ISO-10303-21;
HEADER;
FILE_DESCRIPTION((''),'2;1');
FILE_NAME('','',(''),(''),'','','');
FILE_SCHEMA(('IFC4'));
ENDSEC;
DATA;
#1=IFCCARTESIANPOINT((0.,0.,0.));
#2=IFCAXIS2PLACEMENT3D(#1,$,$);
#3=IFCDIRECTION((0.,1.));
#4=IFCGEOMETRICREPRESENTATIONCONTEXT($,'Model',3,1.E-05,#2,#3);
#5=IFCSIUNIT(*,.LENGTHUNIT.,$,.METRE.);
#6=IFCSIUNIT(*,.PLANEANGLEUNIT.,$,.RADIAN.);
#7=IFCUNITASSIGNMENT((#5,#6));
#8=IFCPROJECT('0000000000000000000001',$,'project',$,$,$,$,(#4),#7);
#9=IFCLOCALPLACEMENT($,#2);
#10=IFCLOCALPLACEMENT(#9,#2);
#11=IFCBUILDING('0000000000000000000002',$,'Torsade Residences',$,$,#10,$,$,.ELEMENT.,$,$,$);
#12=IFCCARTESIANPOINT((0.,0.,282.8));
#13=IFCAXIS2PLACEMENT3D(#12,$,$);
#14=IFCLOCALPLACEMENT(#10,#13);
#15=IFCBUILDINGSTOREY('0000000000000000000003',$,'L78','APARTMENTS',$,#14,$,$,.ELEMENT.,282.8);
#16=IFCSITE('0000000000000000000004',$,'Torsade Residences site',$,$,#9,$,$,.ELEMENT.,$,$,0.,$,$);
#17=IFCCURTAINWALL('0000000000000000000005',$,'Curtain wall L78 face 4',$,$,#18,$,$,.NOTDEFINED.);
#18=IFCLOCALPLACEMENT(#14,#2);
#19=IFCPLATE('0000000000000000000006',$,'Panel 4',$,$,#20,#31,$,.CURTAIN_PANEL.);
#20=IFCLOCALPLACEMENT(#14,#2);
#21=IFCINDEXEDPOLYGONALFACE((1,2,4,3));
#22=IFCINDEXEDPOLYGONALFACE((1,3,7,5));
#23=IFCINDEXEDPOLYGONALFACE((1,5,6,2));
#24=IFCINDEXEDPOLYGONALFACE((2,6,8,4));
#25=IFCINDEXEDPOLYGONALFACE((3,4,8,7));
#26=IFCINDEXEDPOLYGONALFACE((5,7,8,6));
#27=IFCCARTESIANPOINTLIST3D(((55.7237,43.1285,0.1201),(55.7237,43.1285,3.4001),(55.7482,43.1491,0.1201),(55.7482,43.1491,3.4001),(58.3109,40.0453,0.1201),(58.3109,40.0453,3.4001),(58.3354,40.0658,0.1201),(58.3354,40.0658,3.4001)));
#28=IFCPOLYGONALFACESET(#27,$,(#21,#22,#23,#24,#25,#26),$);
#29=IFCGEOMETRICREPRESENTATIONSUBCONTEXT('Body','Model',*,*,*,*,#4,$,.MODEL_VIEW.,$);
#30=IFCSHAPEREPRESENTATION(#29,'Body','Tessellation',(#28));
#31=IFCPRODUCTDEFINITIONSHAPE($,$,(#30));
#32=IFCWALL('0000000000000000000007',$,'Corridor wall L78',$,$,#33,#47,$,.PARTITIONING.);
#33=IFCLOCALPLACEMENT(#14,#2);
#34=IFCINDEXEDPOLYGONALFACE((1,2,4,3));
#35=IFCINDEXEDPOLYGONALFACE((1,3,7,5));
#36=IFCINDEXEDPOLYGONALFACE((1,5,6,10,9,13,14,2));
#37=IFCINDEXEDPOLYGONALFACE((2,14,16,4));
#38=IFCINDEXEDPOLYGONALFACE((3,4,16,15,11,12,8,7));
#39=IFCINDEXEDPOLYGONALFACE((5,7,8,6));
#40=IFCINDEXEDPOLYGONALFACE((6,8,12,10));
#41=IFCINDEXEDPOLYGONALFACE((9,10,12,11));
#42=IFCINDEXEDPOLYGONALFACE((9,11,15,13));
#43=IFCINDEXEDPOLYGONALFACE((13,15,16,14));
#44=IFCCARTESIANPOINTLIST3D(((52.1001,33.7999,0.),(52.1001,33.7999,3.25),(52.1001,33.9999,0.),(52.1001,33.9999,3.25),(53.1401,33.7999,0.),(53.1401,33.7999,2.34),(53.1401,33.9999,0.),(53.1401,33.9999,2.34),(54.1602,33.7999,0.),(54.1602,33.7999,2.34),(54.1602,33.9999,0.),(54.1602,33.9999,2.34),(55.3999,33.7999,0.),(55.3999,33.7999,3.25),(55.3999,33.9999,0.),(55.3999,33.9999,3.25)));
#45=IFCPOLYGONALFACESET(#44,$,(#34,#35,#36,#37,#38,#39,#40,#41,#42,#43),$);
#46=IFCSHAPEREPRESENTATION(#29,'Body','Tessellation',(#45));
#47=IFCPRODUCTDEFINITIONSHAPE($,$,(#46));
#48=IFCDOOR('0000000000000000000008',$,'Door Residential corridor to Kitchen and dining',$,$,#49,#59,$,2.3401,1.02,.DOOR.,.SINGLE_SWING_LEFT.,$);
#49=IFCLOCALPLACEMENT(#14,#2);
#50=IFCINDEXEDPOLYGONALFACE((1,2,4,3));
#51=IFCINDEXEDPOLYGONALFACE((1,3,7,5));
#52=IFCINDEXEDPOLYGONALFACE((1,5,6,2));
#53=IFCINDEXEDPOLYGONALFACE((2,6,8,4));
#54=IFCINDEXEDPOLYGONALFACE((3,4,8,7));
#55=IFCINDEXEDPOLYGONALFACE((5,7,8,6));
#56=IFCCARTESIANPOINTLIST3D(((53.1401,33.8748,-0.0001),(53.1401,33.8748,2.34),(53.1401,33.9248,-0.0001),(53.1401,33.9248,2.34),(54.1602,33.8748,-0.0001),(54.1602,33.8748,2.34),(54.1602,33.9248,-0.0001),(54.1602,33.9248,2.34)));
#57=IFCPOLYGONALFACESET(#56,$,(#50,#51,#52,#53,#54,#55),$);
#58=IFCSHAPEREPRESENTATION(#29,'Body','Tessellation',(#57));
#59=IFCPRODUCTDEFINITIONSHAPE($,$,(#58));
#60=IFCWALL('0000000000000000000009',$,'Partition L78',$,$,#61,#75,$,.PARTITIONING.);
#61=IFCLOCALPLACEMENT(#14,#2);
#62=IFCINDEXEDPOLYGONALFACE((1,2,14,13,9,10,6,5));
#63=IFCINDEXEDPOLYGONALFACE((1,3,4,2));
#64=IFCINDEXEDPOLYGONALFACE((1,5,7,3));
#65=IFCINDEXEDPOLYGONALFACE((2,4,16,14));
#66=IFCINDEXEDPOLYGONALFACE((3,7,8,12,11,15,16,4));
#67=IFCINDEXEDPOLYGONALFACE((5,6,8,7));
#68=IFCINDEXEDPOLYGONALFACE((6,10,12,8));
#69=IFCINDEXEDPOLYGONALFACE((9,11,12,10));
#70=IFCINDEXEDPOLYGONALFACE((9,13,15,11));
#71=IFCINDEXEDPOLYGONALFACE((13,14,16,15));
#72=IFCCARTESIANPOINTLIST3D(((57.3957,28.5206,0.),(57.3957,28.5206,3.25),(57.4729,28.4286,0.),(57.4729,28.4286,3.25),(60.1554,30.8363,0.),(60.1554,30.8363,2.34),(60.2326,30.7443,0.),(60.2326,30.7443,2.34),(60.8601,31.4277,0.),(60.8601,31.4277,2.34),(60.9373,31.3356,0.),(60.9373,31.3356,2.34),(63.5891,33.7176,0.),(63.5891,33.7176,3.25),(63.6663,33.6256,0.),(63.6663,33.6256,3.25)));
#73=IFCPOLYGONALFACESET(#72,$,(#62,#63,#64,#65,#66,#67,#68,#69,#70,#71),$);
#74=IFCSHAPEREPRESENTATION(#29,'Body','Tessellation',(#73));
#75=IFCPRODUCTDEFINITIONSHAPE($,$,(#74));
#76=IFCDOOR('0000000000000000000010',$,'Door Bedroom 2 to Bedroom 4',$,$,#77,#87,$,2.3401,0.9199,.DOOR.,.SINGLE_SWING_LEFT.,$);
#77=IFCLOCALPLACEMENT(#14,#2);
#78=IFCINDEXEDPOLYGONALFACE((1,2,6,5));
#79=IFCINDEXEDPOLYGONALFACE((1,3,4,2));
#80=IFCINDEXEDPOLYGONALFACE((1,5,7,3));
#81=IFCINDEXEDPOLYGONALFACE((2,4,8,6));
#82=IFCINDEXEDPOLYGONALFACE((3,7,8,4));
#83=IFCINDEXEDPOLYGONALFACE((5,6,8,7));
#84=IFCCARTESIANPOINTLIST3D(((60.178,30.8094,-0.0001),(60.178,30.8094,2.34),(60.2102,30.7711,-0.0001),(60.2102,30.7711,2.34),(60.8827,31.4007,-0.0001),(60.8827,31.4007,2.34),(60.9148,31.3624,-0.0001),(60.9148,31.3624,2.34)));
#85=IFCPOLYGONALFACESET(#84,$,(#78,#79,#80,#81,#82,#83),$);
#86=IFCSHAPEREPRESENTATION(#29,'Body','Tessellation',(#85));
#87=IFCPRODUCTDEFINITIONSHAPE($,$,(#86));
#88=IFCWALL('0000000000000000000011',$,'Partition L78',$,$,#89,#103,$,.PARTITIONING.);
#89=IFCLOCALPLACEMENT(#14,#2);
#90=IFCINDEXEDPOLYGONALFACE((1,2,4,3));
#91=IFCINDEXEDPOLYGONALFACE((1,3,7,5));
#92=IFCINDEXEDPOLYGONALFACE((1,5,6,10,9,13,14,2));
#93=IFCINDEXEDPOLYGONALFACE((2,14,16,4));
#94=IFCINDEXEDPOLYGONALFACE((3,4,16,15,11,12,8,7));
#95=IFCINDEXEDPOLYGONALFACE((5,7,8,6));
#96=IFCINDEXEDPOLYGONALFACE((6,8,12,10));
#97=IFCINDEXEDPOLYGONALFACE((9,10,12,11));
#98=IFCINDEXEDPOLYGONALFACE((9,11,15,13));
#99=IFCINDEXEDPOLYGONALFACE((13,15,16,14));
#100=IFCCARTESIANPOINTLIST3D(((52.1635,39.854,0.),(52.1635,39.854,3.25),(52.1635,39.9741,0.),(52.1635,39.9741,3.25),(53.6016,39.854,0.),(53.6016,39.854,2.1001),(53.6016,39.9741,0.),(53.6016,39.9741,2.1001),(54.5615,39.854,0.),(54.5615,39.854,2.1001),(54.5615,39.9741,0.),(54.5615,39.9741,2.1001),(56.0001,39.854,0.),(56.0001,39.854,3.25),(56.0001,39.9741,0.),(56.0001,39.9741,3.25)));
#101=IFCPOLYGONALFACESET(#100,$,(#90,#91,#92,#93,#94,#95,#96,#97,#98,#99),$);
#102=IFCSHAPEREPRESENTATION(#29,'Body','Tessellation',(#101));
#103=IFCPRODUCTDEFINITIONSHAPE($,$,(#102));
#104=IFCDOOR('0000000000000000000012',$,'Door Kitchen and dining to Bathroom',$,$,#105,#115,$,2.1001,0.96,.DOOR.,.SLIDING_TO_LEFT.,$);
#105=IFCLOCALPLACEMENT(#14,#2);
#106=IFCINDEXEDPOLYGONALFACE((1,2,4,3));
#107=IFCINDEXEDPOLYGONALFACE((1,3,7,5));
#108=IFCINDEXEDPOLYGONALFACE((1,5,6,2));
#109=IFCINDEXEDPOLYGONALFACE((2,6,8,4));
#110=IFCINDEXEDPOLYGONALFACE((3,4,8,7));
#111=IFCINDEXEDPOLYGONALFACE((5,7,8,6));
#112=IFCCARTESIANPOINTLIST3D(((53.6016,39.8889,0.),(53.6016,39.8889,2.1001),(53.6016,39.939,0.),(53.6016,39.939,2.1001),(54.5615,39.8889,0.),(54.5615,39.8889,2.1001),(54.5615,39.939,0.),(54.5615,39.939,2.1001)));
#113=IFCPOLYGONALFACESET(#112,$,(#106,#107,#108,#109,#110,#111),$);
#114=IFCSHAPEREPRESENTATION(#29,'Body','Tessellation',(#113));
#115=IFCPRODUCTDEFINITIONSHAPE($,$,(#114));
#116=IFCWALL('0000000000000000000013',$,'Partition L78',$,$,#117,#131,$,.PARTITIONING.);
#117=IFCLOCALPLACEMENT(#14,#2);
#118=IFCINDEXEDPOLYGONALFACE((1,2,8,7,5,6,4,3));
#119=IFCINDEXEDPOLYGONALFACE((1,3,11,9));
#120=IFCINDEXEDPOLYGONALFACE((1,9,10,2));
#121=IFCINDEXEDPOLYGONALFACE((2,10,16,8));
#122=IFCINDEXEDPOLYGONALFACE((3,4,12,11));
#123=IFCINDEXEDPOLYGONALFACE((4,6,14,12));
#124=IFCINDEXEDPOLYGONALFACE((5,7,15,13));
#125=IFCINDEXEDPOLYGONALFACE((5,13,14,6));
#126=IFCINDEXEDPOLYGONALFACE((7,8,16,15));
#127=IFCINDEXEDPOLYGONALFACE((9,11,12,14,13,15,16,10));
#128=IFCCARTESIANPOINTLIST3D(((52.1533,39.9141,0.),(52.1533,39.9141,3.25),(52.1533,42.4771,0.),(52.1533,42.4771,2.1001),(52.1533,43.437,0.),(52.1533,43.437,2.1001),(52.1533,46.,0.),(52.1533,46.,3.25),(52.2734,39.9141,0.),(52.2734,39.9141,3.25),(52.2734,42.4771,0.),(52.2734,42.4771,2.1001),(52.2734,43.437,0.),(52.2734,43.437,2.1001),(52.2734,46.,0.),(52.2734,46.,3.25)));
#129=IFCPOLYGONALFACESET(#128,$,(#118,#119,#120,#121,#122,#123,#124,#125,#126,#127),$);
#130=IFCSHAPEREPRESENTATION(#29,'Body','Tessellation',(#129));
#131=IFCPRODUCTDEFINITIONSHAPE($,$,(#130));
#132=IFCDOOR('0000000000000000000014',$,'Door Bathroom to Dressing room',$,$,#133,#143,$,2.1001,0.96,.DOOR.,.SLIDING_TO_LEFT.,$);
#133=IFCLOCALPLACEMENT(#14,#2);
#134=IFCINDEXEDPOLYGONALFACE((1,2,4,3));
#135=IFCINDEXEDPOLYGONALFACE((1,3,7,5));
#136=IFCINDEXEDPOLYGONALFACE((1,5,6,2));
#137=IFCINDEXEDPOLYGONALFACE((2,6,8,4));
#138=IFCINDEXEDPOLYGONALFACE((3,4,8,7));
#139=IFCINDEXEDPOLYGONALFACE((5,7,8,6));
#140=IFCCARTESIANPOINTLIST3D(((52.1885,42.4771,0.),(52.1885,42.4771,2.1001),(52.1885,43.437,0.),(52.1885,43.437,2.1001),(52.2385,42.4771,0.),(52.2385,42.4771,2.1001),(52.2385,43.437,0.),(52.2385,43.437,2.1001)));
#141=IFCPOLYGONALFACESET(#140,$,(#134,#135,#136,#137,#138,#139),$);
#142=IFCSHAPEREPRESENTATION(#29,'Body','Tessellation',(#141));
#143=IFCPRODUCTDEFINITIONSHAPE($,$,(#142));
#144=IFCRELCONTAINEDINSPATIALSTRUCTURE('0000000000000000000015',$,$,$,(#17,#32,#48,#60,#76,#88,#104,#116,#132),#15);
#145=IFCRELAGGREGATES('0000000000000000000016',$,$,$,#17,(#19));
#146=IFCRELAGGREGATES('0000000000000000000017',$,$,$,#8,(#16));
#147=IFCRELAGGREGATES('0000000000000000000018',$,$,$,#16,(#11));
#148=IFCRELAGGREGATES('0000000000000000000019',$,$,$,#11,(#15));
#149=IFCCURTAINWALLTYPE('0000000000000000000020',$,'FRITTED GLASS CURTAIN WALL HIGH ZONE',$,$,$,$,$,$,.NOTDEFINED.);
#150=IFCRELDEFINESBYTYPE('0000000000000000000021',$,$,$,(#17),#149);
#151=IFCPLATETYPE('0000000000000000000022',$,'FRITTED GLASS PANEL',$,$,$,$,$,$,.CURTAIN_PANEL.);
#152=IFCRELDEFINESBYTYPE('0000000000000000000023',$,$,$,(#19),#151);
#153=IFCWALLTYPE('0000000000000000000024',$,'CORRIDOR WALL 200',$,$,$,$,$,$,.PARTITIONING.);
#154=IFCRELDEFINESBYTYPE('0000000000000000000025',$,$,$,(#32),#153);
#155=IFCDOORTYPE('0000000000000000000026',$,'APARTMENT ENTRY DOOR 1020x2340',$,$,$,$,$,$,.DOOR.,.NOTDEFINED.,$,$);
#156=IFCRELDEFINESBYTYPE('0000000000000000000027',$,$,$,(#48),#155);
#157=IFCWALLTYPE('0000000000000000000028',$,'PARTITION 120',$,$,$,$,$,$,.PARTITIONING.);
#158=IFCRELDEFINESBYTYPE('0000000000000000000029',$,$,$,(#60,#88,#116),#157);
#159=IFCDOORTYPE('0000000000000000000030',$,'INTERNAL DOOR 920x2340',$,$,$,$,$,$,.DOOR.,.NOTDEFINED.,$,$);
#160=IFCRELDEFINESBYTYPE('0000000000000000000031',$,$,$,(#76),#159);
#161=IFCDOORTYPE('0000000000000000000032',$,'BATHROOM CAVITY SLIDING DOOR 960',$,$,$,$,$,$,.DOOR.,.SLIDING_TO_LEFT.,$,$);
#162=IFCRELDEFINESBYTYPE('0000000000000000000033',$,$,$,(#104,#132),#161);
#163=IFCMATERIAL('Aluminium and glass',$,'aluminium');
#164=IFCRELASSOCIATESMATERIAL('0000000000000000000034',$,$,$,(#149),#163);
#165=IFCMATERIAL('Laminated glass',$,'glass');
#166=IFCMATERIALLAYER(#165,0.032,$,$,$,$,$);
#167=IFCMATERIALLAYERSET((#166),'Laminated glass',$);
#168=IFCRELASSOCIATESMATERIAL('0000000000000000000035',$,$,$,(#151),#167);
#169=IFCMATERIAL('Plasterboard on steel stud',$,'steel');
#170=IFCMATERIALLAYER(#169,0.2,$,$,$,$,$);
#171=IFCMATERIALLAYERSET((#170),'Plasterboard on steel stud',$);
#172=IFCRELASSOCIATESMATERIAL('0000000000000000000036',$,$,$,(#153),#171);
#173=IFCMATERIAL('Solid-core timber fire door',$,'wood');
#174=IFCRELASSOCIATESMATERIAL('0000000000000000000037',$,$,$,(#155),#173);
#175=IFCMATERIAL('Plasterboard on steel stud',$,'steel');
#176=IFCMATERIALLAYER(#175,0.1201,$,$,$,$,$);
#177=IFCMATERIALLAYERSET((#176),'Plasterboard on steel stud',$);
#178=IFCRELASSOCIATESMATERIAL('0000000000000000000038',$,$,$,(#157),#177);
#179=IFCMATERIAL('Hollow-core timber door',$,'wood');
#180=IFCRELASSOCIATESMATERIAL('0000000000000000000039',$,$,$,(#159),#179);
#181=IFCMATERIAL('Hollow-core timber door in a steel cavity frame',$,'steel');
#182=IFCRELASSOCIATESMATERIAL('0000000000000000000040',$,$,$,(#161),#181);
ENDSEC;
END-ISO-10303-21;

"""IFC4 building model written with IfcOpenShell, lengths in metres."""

from ifc_helpers import new_model, si_unit, direction, frame, frame_2d, origin, origin_2d, place, context, subcontext, project, spatial, rectangle, extrude, material, layer, layer_set, type_object, element, fill, aggregate, save


model = new_model("IFC4")

# Units and contexts
model_context = context("Model", 3, precision=1e-05, world=origin(), true_north=direction((0.0, 1.0)))
body_context = subcontext(model_context, "Body", "Model", "MODEL_VIEW")
ifc_project = project(units=[si_unit("LENGTHUNIT", "METRE"), si_unit("PLANEANGLEUNIT", "RADIAN")], contexts=[model_context])

# Site, building, storey
site_placement = place(None, origin())
site = spatial("IfcSite", under=ifc_project, at=site_placement, Name="Torsade Residences site", CompositionType="ELEMENT", RefElevation=0.0)
building_placement = place(site_placement, origin())
building = spatial("IfcBuilding", under=site, at=building_placement, Name="Torsade Residences", CompositionType="ELEMENT")
storey_placement = place(building_placement, frame((0.0, 0.0, 282.8)))
storey = spatial("IfcBuildingStorey", under=building, at=storey_placement, Name="L78", Description="APARTMENTS", CompositionType="ELEMENT", Elevation=282.8)

# Curtain wall, plate
ifc_material_1 = material(Name="Aluminium and glass", Category="aluminium")
curtain_wall_type = type_object("IfcCurtainWallType", Name="FRITTED GLASS CURTAIN WALL HIGH ZONE", PredefinedType="NOTDEFINED", material=ifc_material_1)
curtain_wall_placement = place(storey_placement, origin())
curtain_wall = element("IfcCurtainWall", 1, at=curtain_wall_placement, inside=storey, type_object=curtain_wall_type, Name="Curtain wall L78 face 4", PredefinedType="NOTDEFINED")
ifc_material_2 = material(Name="Laminated glass", Category="glass")
ifc_layer_1 = layer(ifc_material_2, 0.032)
ifc_layer_set_1 = layer_set([ifc_layer_1], Name="Laminated glass")
plate_type = type_object("IfcPlateType", Name="FRITTED GLASS PANEL", PredefinedType="CURTAIN_PANEL", material=ifc_layer_set_1)
plate_placement = place(storey_placement, frame((57.0295, 41.5972, 0.1201), z_axis=(0.0, 0.0, 1.0), x_axis=(-0.642788, 0.766044, 0.0)))
plate = element("IfcPlate", 2, at=plate_placement, type_object=plate_type, Name="Panel 4", PredefinedType="CURTAIN_PANEL", context=body_context, shape_type="SweptSolid", body=[
    extrude(rectangle(XDim=4.0249, YDim=0.032, at=origin_2d()), origin(), (0.0, 0.0, 1.0), 3.28),
])
aggregate(curtain_wall, [plate])

# Walls, openings, doors
ifc_material_3 = material(Name="Plasterboard on steel stud", Category="steel")
ifc_layer_2 = layer(ifc_material_3, 0.2)
ifc_layer_set_2 = layer_set([ifc_layer_2], Name="Plasterboard on steel stud")
wall_type_1 = type_object("IfcWallType", Name="CORRIDOR WALL 200", PredefinedType="PARTITIONING", material=ifc_layer_set_2)
wall_1_placement = place(storey_placement, frame((52.1001, 33.8999, 0.0), z_axis=(0.0, 0.0, 1.0), x_axis=(1.0, 0.0, 0.0)))
wall_1 = element("IfcWall", 3, at=wall_1_placement, inside=storey, type_object=wall_type_1, Name="Corridor wall L78", PredefinedType="PARTITIONING", context=body_context, shape_type="SweptSolid", body=[
    extrude(rectangle(XDim=3.2998, YDim=0.2, at=frame_2d((1.6499, 0.0))), origin(), (0.0, 0.0, 1.0), 3.25),
])
opening_1_placement = place(wall_1_placement, frame((1.04, 0.0, 0.0)))
opening_1 = element("IfcOpeningElement", 4, at=opening_1_placement, cuts=wall_1, PredefinedType="OPENING", context=body_context, shape_type="SweptSolid", body=[
    extrude(rectangle(XDim=1.02, YDim=2.3401, at=frame_2d((0.51, 1.1699))), frame((0.0, 0.1099, 0.0), z_axis=(0.0, -1.0, 0.0), x_axis=(1.0, 0.0, 0.0)), (0.0, 0.0, 1.0), 0.22),
])
ifc_material_4 = material(Name="Solid-core timber fire door", Category="wood")
door_type_1 = type_object("IfcDoorType", Name="APARTMENT ENTRY DOOR 1020x2340", OperationType="NOTDEFINED", PredefinedType="DOOR", material=ifc_material_4)
door_1_placement = place(opening_1_placement, origin())
door_1 = element("IfcDoor", 5, at=door_1_placement, inside=storey, type_object=door_type_1, Name="Door Residential corridor to Kitchen and dining", OperationType="SINGLE_SWING_LEFT", OverallHeight=2.3401, OverallWidth=1.02, PredefinedType="DOOR", context=body_context, shape_type="SweptSolid", body=[
    extrude(rectangle(XDim=1.02, YDim=2.3401, at=frame_2d((0.51, 1.1699))), frame((0.0, 0.0249, 0.0), z_axis=(0.0, -1.0, 0.0), x_axis=(1.0, 0.0, 0.0)), (0.0, 0.0, 1.0), 0.05),
])
fill(opening_1, door_1)
ifc_material_5 = material(Name="Plasterboard on steel stud", Category="steel")
ifc_layer_3 = layer(ifc_material_5, 0.1201)
ifc_layer_set_3 = layer_set([ifc_layer_3], Name="Plasterboard on steel stud")
wall_type_2 = type_object("IfcWallType", Name="PARTITION 120", PredefinedType="PARTITIONING", material=ifc_layer_set_3)
wall_2_placement = place(storey_placement, frame((57.4343, 28.4746, 0.0), z_axis=(0.0, 0.0, 1.0), x_axis=(0.766034, 0.6428, 0.0)))
wall_2 = element("IfcWall", 6, at=wall_2_placement, inside=storey, type_object=wall_type_2, Name="Partition L78", PredefinedType="PARTITIONING", context=body_context, shape_type="SweptSolid", body=[
    extrude(rectangle(XDim=8.085, YDim=0.1201, at=frame_2d((4.0425, 0.0))), origin(), (0.0, 0.0, 1.0), 3.25),
])
opening_2_placement = place(wall_2_placement, frame((3.6025, 0.0, 0.0)))
opening_2 = element("IfcOpeningElement", 7, at=opening_2_placement, cuts=wall_2, PredefinedType="OPENING", context=body_context, shape_type="SweptSolid", body=[
    extrude(rectangle(XDim=0.9199, YDim=2.3401, at=frame_2d((0.46, 1.1699))), frame((0.0, 0.0701, 0.0), z_axis=(0.0, -1.0, 0.0), x_axis=(1.0, 0.0, 0.0)), (0.0, 0.0, 1.0), 0.1401),
])
ifc_material_6 = material(Name="Hollow-core timber door", Category="wood")
door_type_2 = type_object("IfcDoorType", Name="INTERNAL DOOR 920x2340", OperationType="NOTDEFINED", PredefinedType="DOOR", material=ifc_material_6)
door_2_placement = place(opening_2_placement, origin())
door_2 = element("IfcDoor", 8, at=door_2_placement, inside=storey, type_object=door_type_2, Name="Door Bedroom 2 to Bedroom 4", OperationType="SINGLE_SWING_LEFT", OverallHeight=2.3401, OverallWidth=0.9199, PredefinedType="DOOR", context=body_context, shape_type="SweptSolid", body=[
    extrude(rectangle(XDim=0.9199, YDim=2.3401, at=frame_2d((0.46, 1.1699))), frame((0.0, 0.0249, 0.0), z_axis=(0.0, -1.0, 0.0), x_axis=(1.0, 0.0, 0.0)), (0.0, 0.0, 1.0), 0.05),
])
fill(opening_2, door_2)
wall_3_placement = place(storey_placement, frame((52.1633, 39.9141, 0.0), z_axis=(0.0, 0.0, 1.0), x_axis=(1.0, 0.0, 0.0)))
wall_3 = element("IfcWall", 9, at=wall_3_placement, inside=storey, type_object=wall_type_2, Name="Partition L78", PredefinedType="PARTITIONING", context=body_context, shape_type="SweptSolid", body=[
    extrude(rectangle(XDim=3.8367, YDim=0.1201, at=frame_2d((1.9185, 0.0))), origin(), (0.0, 0.0, 1.0), 3.25),
])
opening_3_placement = place(wall_3_placement, frame((1.4382, 0.0, 0.0)))
opening_3 = element("IfcOpeningElement", 10, at=opening_3_placement, cuts=wall_3, PredefinedType="OPENING", context=body_context, shape_type="SweptSolid", body=[
    extrude(rectangle(XDim=0.96, YDim=2.1001, at=frame_2d((0.48, 1.05))), frame((0.0, 0.0701, 0.0), z_axis=(0.0, -1.0, 0.0), x_axis=(1.0, 0.0, 0.0)), (0.0, 0.0, 1.0), 0.1401),
])
ifc_material_7 = material(Name="Hollow-core timber door in a steel cavity frame", Category="steel")
door_type_3 = type_object("IfcDoorType", Name="BATHROOM CAVITY SLIDING DOOR 960", OperationType="SLIDING_TO_LEFT", PredefinedType="DOOR", material=ifc_material_7)
door_3_placement = place(opening_3_placement, origin())
door_3 = element("IfcDoor", 11, at=door_3_placement, inside=storey, type_object=door_type_3, Name="Door Kitchen and dining to Bathroom", OperationType="SLIDING_TO_LEFT", OverallHeight=2.1001, OverallWidth=0.96, PredefinedType="DOOR", context=body_context, shape_type="SweptSolid", body=[
    extrude(rectangle(XDim=0.96, YDim=2.1001, at=frame_2d((0.48, 1.05))), frame((0.0, 0.0249, 0.0), z_axis=(0.0, -1.0, 0.0), x_axis=(1.0, 0.0, 0.0)), (0.0, 0.0, 1.0), 0.05),
])
fill(opening_3, door_3)
wall_4_placement = place(storey_placement, frame((52.2134, 39.9141, 0.0), z_axis=(0.0, 0.0, 1.0), x_axis=(0.0, 1.0, 0.0)))
wall_4 = element("IfcWall", 12, at=wall_4_placement, inside=storey, type_object=wall_type_2, Name="Partition L78", PredefinedType="PARTITIONING", context=body_context, shape_type="SweptSolid", body=[
    extrude(rectangle(XDim=6.0859, YDim=0.1201, at=frame_2d((3.043, 0.0))), origin(), (0.0, 0.0, 1.0), 3.25),
])
opening_4_placement = place(wall_4_placement, frame((2.563, 0.0, 0.0)))
opening_4 = element("IfcOpeningElement", 13, at=opening_4_placement, cuts=wall_4, PredefinedType="OPENING", context=body_context, shape_type="SweptSolid", body=[
    extrude(rectangle(XDim=0.96, YDim=2.1001, at=frame_2d((0.48, 1.05))), frame((0.0, 0.0701, 0.0), z_axis=(0.0, -1.0, 0.0), x_axis=(1.0, 0.0, 0.0)), (0.0, 0.0, 1.0), 0.1401),
])
door_4_placement = place(opening_4_placement, origin())
door_4 = element("IfcDoor", 14, at=door_4_placement, inside=storey, type_object=door_type_3, Name="Door Bathroom to Dressing room", OperationType="SLIDING_TO_LEFT", OverallHeight=2.1001, OverallWidth=0.96, PredefinedType="DOOR", context=body_context, shape_type="SweptSolid", body=[
    extrude(rectangle(XDim=0.96, YDim=2.1001, at=frame_2d((0.48, 1.05))), frame((0.0, 0.0249, 0.0), z_axis=(0.0, -1.0, 0.0), x_axis=(1.0, 0.0, 0.0)), (0.0, 0.0, 1.0), 0.05),
])
fill(opening_4, door_4)

save(model, "model.ifc")
